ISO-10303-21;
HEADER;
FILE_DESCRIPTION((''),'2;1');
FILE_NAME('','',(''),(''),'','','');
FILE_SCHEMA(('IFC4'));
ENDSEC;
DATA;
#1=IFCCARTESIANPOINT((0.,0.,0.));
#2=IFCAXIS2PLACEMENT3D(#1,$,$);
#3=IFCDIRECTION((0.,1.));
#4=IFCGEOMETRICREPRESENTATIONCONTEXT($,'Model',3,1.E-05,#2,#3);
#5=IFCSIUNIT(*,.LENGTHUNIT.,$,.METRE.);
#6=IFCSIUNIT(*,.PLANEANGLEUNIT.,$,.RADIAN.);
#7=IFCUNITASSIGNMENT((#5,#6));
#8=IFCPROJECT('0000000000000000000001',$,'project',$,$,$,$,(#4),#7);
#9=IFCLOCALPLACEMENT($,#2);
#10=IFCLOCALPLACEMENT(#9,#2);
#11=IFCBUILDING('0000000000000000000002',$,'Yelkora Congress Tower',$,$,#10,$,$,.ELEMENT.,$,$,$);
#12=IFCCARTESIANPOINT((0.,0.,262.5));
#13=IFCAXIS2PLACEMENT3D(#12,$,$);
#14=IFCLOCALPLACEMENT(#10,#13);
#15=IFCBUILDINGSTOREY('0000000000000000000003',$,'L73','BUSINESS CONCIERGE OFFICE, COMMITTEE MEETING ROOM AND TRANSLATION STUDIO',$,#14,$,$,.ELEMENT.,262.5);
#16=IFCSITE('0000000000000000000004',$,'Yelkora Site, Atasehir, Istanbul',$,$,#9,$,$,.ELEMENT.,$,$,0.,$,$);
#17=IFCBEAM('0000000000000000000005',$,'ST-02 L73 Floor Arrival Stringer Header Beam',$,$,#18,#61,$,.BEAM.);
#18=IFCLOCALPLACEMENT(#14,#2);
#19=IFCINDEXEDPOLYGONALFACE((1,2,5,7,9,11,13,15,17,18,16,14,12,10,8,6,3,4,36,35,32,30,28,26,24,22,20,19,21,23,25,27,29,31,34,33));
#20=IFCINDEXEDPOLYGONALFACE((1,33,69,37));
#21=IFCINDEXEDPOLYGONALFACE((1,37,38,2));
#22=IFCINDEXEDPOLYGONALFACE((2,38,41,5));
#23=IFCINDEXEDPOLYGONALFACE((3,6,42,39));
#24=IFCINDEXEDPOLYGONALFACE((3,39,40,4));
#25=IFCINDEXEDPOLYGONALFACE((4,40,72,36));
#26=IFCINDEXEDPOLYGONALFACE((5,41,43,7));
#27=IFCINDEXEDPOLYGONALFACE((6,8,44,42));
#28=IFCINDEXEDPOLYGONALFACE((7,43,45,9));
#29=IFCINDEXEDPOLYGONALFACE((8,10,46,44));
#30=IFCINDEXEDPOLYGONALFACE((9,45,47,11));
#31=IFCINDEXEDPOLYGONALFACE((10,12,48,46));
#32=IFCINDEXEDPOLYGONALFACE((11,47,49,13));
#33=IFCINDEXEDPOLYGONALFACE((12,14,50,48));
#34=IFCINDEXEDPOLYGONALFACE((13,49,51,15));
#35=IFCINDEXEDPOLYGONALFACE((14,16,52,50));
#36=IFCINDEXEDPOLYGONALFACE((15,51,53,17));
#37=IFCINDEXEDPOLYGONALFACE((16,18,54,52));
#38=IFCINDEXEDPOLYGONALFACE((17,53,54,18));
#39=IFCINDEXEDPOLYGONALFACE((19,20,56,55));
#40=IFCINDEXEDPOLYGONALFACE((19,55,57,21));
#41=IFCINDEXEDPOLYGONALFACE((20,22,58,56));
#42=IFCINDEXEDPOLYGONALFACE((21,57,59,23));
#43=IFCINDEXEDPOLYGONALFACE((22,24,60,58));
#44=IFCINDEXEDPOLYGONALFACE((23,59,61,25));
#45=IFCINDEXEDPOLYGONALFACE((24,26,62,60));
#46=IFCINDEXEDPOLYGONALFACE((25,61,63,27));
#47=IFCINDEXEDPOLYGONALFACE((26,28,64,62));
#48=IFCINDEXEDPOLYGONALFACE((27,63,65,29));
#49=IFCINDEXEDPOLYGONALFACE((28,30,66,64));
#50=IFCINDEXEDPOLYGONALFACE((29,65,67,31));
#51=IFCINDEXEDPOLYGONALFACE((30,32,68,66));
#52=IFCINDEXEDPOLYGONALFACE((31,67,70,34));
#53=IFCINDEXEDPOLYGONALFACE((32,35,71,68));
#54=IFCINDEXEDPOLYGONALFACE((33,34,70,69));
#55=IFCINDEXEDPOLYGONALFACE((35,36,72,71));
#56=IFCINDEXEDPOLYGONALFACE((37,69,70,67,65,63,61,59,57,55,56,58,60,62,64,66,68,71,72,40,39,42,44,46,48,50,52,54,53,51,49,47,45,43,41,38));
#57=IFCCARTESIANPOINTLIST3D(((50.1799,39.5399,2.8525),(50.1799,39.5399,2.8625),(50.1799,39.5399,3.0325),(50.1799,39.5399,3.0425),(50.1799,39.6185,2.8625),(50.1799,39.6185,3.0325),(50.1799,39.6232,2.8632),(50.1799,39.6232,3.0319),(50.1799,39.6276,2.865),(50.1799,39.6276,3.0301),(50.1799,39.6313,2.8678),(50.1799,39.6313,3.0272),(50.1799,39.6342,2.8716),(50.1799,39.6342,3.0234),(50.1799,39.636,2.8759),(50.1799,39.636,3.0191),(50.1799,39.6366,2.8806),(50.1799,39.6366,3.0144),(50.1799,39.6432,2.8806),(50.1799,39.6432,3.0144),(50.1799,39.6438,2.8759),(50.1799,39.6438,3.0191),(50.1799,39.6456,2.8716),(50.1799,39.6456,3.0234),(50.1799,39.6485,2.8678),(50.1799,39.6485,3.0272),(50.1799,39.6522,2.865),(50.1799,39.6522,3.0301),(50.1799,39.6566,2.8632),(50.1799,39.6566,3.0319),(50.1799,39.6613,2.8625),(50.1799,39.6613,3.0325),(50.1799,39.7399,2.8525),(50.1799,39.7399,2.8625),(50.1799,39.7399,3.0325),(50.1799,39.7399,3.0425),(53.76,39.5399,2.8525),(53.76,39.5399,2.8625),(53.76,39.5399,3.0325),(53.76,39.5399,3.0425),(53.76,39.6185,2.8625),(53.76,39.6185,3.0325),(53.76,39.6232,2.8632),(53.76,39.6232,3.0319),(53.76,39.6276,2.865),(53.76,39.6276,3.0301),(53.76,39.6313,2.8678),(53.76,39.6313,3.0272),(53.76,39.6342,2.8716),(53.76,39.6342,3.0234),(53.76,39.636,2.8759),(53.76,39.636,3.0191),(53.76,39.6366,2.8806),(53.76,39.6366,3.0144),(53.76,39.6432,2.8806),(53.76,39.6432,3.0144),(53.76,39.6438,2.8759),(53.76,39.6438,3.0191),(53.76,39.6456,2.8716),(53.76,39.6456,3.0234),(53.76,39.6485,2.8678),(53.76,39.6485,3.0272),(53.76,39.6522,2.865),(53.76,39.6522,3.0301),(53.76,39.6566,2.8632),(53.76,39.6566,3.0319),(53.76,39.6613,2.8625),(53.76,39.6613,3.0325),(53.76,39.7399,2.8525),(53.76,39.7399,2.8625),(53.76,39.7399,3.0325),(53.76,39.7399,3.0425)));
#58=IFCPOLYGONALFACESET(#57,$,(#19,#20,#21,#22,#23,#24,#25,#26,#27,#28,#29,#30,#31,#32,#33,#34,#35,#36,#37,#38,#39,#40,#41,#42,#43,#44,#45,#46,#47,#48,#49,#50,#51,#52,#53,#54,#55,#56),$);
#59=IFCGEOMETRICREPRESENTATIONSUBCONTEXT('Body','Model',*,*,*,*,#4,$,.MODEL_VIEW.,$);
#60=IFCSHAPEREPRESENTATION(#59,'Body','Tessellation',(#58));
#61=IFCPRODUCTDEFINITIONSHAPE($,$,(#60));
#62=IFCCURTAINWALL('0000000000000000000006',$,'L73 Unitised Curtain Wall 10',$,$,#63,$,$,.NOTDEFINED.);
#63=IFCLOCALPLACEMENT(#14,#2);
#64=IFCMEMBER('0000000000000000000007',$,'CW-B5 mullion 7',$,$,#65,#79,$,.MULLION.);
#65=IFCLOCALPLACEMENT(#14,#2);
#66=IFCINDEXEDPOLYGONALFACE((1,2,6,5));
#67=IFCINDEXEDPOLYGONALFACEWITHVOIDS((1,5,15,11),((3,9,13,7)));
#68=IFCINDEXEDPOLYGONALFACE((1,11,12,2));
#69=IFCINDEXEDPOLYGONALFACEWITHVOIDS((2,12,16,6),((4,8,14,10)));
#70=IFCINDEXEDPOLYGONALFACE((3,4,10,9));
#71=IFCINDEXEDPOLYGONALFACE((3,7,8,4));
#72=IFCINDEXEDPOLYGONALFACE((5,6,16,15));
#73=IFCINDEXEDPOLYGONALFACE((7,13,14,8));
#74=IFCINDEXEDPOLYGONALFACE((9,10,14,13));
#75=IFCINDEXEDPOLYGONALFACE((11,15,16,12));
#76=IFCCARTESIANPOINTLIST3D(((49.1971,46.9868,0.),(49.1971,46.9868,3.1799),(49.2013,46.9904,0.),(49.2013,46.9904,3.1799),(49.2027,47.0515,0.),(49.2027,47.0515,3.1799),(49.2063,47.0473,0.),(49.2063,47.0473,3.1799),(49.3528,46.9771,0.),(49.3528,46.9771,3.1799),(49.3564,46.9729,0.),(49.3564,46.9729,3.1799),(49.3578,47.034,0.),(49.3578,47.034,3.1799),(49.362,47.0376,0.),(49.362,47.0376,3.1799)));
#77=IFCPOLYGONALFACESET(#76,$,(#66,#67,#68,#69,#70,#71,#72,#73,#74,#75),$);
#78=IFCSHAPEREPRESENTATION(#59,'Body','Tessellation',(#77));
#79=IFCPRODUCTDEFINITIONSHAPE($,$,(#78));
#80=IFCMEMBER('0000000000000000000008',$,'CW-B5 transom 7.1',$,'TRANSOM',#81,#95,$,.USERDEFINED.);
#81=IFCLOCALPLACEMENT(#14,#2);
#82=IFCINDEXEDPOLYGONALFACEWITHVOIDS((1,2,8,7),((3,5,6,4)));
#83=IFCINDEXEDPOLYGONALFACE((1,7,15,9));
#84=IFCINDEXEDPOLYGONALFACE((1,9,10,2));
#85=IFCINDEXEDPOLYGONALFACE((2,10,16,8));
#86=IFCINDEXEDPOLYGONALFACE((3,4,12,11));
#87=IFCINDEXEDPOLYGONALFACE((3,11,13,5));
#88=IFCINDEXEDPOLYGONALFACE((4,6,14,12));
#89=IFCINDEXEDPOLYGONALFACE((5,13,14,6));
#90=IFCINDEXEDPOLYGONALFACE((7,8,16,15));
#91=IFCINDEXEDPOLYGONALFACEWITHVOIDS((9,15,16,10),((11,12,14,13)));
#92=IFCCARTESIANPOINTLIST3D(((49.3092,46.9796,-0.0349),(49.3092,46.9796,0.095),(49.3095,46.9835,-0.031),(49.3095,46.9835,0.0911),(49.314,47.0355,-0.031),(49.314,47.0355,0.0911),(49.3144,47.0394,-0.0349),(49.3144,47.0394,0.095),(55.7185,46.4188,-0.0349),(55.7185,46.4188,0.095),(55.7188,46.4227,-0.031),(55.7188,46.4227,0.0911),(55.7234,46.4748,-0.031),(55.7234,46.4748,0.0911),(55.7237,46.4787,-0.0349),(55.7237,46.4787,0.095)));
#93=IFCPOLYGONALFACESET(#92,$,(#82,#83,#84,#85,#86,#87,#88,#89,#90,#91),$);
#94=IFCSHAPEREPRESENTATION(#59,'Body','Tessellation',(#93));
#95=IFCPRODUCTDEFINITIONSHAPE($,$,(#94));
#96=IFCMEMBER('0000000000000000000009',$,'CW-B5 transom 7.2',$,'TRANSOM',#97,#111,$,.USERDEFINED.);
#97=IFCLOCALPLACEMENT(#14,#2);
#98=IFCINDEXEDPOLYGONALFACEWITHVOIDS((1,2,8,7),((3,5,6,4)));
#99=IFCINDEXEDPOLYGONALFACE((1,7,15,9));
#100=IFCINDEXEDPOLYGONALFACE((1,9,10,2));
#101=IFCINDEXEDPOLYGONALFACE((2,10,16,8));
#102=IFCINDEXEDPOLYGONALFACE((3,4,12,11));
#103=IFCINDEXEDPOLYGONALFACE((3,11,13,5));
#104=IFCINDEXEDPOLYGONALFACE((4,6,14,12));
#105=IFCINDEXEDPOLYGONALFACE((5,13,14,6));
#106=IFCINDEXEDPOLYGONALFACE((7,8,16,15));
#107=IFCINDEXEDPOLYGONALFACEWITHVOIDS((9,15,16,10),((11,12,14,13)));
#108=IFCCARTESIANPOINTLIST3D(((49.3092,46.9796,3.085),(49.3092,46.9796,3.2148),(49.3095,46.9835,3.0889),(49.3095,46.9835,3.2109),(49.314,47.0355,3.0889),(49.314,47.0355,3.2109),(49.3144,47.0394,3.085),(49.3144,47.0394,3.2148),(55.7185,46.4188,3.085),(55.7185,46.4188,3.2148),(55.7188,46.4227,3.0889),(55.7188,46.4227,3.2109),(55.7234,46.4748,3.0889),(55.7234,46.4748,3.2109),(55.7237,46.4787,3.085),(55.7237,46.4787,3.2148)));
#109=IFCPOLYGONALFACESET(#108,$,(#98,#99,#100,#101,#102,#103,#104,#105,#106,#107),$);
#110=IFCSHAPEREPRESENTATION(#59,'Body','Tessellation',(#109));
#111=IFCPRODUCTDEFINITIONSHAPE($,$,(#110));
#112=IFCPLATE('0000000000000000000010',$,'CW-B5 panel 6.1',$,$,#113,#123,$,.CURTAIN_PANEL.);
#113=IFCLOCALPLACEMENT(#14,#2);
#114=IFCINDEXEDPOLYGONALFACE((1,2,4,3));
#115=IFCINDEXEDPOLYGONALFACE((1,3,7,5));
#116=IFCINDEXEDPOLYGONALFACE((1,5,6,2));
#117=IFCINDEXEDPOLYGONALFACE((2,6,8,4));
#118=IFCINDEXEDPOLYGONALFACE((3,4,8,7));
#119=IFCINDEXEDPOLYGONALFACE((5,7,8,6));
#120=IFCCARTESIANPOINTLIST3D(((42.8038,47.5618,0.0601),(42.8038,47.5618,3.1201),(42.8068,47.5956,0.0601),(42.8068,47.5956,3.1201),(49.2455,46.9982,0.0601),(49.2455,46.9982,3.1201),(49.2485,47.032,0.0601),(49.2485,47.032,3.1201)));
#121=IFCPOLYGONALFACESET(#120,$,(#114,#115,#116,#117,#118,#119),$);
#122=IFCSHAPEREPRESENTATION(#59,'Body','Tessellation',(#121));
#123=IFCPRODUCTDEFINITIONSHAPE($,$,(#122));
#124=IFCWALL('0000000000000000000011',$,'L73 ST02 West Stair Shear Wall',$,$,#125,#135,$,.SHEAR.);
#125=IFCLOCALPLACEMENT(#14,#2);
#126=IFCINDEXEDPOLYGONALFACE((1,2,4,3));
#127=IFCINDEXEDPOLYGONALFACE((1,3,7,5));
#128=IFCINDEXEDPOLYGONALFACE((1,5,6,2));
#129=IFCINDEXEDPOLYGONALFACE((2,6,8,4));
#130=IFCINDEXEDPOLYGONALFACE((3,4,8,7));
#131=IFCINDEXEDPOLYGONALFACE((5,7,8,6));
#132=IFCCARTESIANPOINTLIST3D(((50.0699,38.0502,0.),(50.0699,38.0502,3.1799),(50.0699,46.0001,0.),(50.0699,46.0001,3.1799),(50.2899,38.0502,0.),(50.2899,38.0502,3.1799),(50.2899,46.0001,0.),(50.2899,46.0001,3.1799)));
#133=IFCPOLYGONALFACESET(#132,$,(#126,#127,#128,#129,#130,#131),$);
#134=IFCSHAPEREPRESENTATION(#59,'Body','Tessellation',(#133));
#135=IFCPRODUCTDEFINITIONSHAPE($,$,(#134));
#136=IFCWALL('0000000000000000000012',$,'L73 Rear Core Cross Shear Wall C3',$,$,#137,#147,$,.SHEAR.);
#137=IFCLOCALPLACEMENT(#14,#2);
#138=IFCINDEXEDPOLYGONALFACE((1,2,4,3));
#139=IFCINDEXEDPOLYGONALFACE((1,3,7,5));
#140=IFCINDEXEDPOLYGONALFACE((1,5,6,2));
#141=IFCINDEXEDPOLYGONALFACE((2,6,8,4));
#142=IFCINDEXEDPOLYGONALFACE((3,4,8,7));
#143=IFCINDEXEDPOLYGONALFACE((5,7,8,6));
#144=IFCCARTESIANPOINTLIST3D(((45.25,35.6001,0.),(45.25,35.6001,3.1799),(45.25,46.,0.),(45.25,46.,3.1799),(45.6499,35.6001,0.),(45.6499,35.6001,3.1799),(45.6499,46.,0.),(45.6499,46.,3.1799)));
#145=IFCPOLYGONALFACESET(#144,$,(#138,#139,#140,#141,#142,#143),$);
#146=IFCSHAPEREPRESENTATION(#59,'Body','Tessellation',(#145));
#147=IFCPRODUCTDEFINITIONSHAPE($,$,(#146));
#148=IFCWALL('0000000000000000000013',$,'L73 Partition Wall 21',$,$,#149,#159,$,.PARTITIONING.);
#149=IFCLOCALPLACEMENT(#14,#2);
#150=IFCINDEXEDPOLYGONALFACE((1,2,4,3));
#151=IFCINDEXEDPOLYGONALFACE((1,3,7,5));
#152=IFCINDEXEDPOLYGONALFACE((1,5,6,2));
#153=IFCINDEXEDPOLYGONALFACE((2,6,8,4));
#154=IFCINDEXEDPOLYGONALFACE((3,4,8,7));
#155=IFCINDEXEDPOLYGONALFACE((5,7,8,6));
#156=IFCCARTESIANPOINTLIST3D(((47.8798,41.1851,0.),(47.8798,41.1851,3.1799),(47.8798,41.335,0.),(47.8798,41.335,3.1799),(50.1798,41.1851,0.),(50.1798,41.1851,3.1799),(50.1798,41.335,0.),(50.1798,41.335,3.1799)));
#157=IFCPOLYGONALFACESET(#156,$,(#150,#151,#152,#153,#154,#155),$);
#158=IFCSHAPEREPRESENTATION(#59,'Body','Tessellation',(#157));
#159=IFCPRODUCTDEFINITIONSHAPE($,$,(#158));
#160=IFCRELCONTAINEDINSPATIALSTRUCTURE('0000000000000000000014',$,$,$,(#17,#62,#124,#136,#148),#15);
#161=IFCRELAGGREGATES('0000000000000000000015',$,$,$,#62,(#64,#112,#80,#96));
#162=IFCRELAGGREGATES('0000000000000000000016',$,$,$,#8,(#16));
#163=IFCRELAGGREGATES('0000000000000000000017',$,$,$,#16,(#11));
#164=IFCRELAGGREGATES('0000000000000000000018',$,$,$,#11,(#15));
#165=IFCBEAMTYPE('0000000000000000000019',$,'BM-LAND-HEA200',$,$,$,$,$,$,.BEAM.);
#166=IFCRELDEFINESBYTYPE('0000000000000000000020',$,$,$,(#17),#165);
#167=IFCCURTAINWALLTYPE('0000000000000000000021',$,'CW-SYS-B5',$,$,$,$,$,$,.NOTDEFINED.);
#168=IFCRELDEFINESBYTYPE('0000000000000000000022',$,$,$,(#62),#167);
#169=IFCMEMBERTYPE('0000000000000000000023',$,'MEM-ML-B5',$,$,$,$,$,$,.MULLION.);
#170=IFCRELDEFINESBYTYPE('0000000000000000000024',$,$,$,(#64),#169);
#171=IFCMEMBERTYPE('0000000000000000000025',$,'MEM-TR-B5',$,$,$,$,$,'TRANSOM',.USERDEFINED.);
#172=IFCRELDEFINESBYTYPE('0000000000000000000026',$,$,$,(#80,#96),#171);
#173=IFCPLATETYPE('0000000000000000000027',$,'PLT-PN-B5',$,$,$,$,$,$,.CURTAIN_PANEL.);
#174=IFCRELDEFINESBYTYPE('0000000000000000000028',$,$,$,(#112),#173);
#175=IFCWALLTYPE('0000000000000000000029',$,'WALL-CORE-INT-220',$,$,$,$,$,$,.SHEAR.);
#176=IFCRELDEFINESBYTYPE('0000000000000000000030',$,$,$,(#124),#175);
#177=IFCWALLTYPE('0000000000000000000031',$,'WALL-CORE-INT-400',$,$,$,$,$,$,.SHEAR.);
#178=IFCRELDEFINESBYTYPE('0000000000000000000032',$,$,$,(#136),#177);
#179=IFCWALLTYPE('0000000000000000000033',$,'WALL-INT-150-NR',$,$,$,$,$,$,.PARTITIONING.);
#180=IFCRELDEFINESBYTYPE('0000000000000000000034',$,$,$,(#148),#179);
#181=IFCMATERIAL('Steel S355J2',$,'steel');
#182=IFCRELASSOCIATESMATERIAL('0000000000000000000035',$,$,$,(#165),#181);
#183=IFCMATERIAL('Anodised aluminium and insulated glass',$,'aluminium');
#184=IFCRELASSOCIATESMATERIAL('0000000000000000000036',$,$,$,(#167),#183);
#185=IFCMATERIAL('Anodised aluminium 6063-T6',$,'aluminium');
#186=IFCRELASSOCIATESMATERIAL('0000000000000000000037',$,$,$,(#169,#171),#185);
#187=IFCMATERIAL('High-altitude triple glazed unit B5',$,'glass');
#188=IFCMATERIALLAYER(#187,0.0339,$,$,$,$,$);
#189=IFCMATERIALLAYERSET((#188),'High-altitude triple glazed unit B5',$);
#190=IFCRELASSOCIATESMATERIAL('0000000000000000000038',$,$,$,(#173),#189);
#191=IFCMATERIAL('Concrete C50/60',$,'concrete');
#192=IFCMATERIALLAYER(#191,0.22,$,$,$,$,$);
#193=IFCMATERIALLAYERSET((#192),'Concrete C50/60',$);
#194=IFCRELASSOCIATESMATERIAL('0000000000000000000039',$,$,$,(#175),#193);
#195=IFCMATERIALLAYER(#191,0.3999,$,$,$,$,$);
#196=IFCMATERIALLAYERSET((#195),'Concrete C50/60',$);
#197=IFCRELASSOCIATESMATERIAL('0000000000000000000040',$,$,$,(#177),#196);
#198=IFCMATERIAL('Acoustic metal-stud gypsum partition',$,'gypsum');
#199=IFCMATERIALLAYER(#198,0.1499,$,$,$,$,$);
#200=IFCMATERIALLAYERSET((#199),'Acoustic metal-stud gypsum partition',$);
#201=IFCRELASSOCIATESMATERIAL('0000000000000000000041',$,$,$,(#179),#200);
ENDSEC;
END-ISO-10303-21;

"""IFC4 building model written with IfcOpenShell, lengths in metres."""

from ifc_helpers import new_model, si_unit, direction, frame, frame_2d, origin, origin_2d, place, context, subcontext, project, spatial, rectangle, hollow_rectangle, i_section, extrude, material, layer, layer_set, material_profile, profile_set, type_object, element, aggregate, save


model = new_model("IFC4")

# Units and contexts
model_context = context("Model", 3, precision=1e-05, world=origin(), true_north=direction((0.0, 1.0)))
body_context = subcontext(model_context, "Body", "Model", "MODEL_VIEW")
ifc_project = project(units=[si_unit("LENGTHUNIT", "METRE"), si_unit("PLANEANGLEUNIT", "RADIAN")], contexts=[model_context])

# Site, building, storey
site_placement = place(None, origin())
site = spatial("IfcSite", under=ifc_project, at=site_placement, Name="Yelkora Site, Atasehir, Istanbul", CompositionType="ELEMENT", RefElevation=0.0)
building_placement = place(site_placement, origin())
building = spatial("IfcBuilding", under=site, at=building_placement, Name="Yelkora Congress Tower", CompositionType="ELEMENT")
storey_placement = place(building_placement, frame((0.0, 0.0, 262.5)))
storey = spatial("IfcBuildingStorey", under=building, at=storey_placement, Name="L73", Description="BUSINESS CONCIERGE OFFICE, COMMITTEE MEETING ROOM AND TRANSLATION STUDIO", CompositionType="ELEMENT", Elevation=262.5)

# Beam
ifc_material_1 = material(Name="Steel S355J2", Category="steel")
ifc_material_profile_1 = material_profile(ifc_material_1, i_section(OverallWidth=0.2, OverallDepth=0.1899, WebThickness=0.0066, FlangeThickness=0.01, FilletRadius=0.0181, at=origin_2d()), Name="HEA 200")
ifc_profile_set_1 = profile_set([ifc_material_profile_1], Name="Steel S355J2")
beam_type_1 = type_object("IfcBeamType", Name="BM-LAND-HEA200", PredefinedType="BEAM", material=ifc_profile_set_1)
for number, where, z_axis, x_axis, name in (
    (1, (50.1799, 39.6399, 2.9475), (1.0, 0.0, 0.0), (0.0, 1.0, 0.0), "ST-02 L73 Floor Arrival Stringer Header Beam"),
):
    element("IfcBeam", number, at=place(storey_placement, frame(where, z_axis=z_axis, x_axis=x_axis)), inside=storey, type_object=beam_type_1, Name=name, PredefinedType="BEAM", context=body_context, shape_type="SweptSolid", body=[
        extrude(i_section(OverallWidth=0.2, OverallDepth=0.1899, WebThickness=0.0066, FlangeThickness=0.01, FilletRadius=0.0181, at=origin_2d()), origin(), (0.0, 0.0, 1.0), 3.5801),
    ])

# Curtain wall, members, plate
ifc_material_2 = material(Name="Anodised aluminium and insulated glass", Category="aluminium")
curtain_wall_type = type_object("IfcCurtainWallType", Name="CW-SYS-B5", PredefinedType="NOTDEFINED", material=ifc_material_2)
curtain_wall_placement = place(storey_placement, origin())
curtain_wall = element("IfcCurtainWall", 2, at=curtain_wall_placement, inside=storey, type_object=curtain_wall_type, Name="L73 Unitised Curtain Wall 10", PredefinedType="NOTDEFINED")
ifc_material_3 = material(Name="Anodised aluminium 6063-T6", Category="aluminium")
ifc_material_profile_2 = material_profile(ifc_material_3, hollow_rectangle(XDim=0.0649, YDim=0.1599, WallThickness=0.0039, at=origin_2d()), Name="ALU 65x160x4")
ifc_profile_set_2 = profile_set([ifc_material_profile_2], Name="Anodised aluminium 6063-T6")
member_type_1 = type_object("IfcMemberType", Name="MEM-ML-B5", PredefinedType="MULLION", material=ifc_profile_set_2)
member_1_placement = place(storey_placement, frame((49.2795, 47.0122, 0.0), z_axis=(0.0, 0.0, 1.0), x_axis=(0.087157, 0.996195, 0.0)))
member_1 = element("IfcMember", 3, at=member_1_placement, type_object=member_type_1, Name="CW-B5 mullion 7", PredefinedType="MULLION", context=body_context, shape_type="SweptSolid", body=[
    extrude(hollow_rectangle(XDim=0.0649, YDim=0.1599, WallThickness=0.0039, at=origin_2d()), origin(), (0.0, 0.0, 1.0), 3.1799),
])
ifc_material_profile_3 = material_profile(ifc_material_3, hollow_rectangle(XDim=0.0601, YDim=0.1299, WallThickness=0.0039, at=origin_2d()), Name="ALU 60x130x4")
ifc_profile_set_3 = profile_set([ifc_material_profile_3], Name="Anodised aluminium 6063-T6")
member_type_2 = type_object("IfcMemberType", Name="MEM-TR-B5", ElementType="TRANSOM", PredefinedType="USERDEFINED", material=ifc_profile_set_3)
member_2_placement = place(storey_placement, frame((49.3118, 47.0095, 0.03), z_axis=(0.996194, -0.087162, 0.0), x_axis=(0.087162, 0.996194, 0.0)))
member_2 = element("IfcMember", 4, at=member_2_placement, type_object=member_type_2, Name="CW-B5 transom 7.1", ObjectType="TRANSOM", PredefinedType="USERDEFINED", context=body_context, shape_type="SweptSolid", body=[
    extrude(hollow_rectangle(XDim=0.0601, YDim=0.1299, WallThickness=0.0039, at=origin_2d()), origin(), (0.0, 0.0, 1.0), 6.4338),
])
member_3_placement = place(storey_placement, frame((49.3118, 47.0095, 3.1499), z_axis=(0.996194, -0.087162, 0.0), x_axis=(0.087162, 0.996194, 0.0)))
member_3 = element("IfcMember", 5, at=member_3_placement, type_object=member_type_2, Name="CW-B5 transom 7.2", ObjectType="TRANSOM", PredefinedType="USERDEFINED", context=body_context, shape_type="SweptSolid", body=[
    extrude(hollow_rectangle(XDim=0.0601, YDim=0.1299, WallThickness=0.0039, at=origin_2d()), origin(), (0.0, 0.0, 1.0), 6.4338),
])
ifc_material_4 = material(Name="High-altitude triple glazed unit B5", Category="glass")
ifc_layer_1 = layer(ifc_material_4, 0.0339)
ifc_layer_set_1 = layer_set([ifc_layer_1], Name="High-altitude triple glazed unit B5")
plate_type = type_object("IfcPlateType", Name="PLT-PN-B5", PredefinedType="CURTAIN_PANEL", material=ifc_layer_set_1)
plate_placement = place(storey_placement, frame((46.0261, 47.2969, 0.0601), z_axis=(0.0, 0.0, 1.0), x_axis=(0.996195, -0.087157, 0.0)))
plate = element("IfcPlate", 6, at=plate_placement, type_object=plate_type, Name="CW-B5 panel 6.1", PredefinedType="CURTAIN_PANEL", context=body_context, shape_type="SweptSolid", body=[
    extrude(rectangle(XDim=6.4663, YDim=0.0339, at=origin_2d()), origin(), (0.0, 0.0, 1.0), 3.0601),
])
aggregate(curtain_wall, [member_1, plate, member_2, member_3])

# Walls
ifc_material_5 = material(Name="Concrete C50/60", Category="concrete")
ifc_layer_2 = layer(ifc_material_5, 0.22)
ifc_layer_set_2 = layer_set([ifc_layer_2], Name="Concrete C50/60")
wall_type_1 = type_object("IfcWallType", Name="WALL-CORE-INT-220", PredefinedType="SHEAR", material=ifc_layer_set_2)
wall_1_placement = place(storey_placement, frame((50.1799, 38.05, 0.0), z_axis=(0.0, 0.0, 1.0), x_axis=(0.0, 1.0, 0.0)))
element("IfcWall", 7, at=wall_1_placement, inside=storey, type_object=wall_type_1, Name="L73 ST02 West Stair Shear Wall", PredefinedType="SHEAR", context=body_context, shape_type="SweptSolid", body=[
    extrude(rectangle(XDim=7.95, YDim=0.22, at=frame_2d((3.9751, 0.0))), origin(), (0.0, 0.0, 1.0), 3.1799),
])
ifc_layer_3 = layer(ifc_material_5, 0.3999)
ifc_layer_set_3 = layer_set([ifc_layer_3], Name="Concrete C50/60")
wall_type_2 = type_object("IfcWallType", Name="WALL-CORE-INT-400", PredefinedType="SHEAR", material=ifc_layer_set_3)
wall_2_placement = place(storey_placement, frame((45.45, 35.6001, 0.0), z_axis=(0.0, 0.0, 1.0), x_axis=(0.0, 1.0, 0.0)))
element("IfcWall", 8, at=wall_2_placement, inside=storey, type_object=wall_type_2, Name="L73 Rear Core Cross Shear Wall C3", PredefinedType="SHEAR", context=body_context, shape_type="SweptSolid", body=[
    extrude(rectangle(XDim=10.3999, YDim=0.3999, at=frame_2d((5.2, 0.0))), origin(), (0.0, 0.0, 1.0), 3.1799),
])

# Shared definitions
ifc_material_6 = material(Name="Acoustic metal-stud gypsum partition", Category="gypsum")
ifc_layer_4 = layer(ifc_material_6, 0.1499)
ifc_layer_set_4 = layer_set([ifc_layer_4], Name="Acoustic metal-stud gypsum partition")
wall_type_3 = type_object("IfcWallType", Name="WALL-INT-150-NR", PredefinedType="PARTITIONING", material=ifc_layer_set_4)

# Wall
wall_3_placement = place(storey_placement, frame((47.8799, 41.26, 0.0), z_axis=(0.0, 0.0, 1.0), x_axis=(1.0, 0.0, 0.0)))
element("IfcWall", 9, at=wall_3_placement, inside=storey, type_object=wall_type_3, Name="L73 Partition Wall 21", PredefinedType="PARTITIONING", context=body_context, shape_type="SweptSolid", body=[
    extrude(rectangle(XDim=2.3, YDim=0.1499, at=frame_2d((1.1499, 0.0))), origin(), (0.0, 0.0, 1.0), 3.1799),
])

save(model, "model.ifc")
